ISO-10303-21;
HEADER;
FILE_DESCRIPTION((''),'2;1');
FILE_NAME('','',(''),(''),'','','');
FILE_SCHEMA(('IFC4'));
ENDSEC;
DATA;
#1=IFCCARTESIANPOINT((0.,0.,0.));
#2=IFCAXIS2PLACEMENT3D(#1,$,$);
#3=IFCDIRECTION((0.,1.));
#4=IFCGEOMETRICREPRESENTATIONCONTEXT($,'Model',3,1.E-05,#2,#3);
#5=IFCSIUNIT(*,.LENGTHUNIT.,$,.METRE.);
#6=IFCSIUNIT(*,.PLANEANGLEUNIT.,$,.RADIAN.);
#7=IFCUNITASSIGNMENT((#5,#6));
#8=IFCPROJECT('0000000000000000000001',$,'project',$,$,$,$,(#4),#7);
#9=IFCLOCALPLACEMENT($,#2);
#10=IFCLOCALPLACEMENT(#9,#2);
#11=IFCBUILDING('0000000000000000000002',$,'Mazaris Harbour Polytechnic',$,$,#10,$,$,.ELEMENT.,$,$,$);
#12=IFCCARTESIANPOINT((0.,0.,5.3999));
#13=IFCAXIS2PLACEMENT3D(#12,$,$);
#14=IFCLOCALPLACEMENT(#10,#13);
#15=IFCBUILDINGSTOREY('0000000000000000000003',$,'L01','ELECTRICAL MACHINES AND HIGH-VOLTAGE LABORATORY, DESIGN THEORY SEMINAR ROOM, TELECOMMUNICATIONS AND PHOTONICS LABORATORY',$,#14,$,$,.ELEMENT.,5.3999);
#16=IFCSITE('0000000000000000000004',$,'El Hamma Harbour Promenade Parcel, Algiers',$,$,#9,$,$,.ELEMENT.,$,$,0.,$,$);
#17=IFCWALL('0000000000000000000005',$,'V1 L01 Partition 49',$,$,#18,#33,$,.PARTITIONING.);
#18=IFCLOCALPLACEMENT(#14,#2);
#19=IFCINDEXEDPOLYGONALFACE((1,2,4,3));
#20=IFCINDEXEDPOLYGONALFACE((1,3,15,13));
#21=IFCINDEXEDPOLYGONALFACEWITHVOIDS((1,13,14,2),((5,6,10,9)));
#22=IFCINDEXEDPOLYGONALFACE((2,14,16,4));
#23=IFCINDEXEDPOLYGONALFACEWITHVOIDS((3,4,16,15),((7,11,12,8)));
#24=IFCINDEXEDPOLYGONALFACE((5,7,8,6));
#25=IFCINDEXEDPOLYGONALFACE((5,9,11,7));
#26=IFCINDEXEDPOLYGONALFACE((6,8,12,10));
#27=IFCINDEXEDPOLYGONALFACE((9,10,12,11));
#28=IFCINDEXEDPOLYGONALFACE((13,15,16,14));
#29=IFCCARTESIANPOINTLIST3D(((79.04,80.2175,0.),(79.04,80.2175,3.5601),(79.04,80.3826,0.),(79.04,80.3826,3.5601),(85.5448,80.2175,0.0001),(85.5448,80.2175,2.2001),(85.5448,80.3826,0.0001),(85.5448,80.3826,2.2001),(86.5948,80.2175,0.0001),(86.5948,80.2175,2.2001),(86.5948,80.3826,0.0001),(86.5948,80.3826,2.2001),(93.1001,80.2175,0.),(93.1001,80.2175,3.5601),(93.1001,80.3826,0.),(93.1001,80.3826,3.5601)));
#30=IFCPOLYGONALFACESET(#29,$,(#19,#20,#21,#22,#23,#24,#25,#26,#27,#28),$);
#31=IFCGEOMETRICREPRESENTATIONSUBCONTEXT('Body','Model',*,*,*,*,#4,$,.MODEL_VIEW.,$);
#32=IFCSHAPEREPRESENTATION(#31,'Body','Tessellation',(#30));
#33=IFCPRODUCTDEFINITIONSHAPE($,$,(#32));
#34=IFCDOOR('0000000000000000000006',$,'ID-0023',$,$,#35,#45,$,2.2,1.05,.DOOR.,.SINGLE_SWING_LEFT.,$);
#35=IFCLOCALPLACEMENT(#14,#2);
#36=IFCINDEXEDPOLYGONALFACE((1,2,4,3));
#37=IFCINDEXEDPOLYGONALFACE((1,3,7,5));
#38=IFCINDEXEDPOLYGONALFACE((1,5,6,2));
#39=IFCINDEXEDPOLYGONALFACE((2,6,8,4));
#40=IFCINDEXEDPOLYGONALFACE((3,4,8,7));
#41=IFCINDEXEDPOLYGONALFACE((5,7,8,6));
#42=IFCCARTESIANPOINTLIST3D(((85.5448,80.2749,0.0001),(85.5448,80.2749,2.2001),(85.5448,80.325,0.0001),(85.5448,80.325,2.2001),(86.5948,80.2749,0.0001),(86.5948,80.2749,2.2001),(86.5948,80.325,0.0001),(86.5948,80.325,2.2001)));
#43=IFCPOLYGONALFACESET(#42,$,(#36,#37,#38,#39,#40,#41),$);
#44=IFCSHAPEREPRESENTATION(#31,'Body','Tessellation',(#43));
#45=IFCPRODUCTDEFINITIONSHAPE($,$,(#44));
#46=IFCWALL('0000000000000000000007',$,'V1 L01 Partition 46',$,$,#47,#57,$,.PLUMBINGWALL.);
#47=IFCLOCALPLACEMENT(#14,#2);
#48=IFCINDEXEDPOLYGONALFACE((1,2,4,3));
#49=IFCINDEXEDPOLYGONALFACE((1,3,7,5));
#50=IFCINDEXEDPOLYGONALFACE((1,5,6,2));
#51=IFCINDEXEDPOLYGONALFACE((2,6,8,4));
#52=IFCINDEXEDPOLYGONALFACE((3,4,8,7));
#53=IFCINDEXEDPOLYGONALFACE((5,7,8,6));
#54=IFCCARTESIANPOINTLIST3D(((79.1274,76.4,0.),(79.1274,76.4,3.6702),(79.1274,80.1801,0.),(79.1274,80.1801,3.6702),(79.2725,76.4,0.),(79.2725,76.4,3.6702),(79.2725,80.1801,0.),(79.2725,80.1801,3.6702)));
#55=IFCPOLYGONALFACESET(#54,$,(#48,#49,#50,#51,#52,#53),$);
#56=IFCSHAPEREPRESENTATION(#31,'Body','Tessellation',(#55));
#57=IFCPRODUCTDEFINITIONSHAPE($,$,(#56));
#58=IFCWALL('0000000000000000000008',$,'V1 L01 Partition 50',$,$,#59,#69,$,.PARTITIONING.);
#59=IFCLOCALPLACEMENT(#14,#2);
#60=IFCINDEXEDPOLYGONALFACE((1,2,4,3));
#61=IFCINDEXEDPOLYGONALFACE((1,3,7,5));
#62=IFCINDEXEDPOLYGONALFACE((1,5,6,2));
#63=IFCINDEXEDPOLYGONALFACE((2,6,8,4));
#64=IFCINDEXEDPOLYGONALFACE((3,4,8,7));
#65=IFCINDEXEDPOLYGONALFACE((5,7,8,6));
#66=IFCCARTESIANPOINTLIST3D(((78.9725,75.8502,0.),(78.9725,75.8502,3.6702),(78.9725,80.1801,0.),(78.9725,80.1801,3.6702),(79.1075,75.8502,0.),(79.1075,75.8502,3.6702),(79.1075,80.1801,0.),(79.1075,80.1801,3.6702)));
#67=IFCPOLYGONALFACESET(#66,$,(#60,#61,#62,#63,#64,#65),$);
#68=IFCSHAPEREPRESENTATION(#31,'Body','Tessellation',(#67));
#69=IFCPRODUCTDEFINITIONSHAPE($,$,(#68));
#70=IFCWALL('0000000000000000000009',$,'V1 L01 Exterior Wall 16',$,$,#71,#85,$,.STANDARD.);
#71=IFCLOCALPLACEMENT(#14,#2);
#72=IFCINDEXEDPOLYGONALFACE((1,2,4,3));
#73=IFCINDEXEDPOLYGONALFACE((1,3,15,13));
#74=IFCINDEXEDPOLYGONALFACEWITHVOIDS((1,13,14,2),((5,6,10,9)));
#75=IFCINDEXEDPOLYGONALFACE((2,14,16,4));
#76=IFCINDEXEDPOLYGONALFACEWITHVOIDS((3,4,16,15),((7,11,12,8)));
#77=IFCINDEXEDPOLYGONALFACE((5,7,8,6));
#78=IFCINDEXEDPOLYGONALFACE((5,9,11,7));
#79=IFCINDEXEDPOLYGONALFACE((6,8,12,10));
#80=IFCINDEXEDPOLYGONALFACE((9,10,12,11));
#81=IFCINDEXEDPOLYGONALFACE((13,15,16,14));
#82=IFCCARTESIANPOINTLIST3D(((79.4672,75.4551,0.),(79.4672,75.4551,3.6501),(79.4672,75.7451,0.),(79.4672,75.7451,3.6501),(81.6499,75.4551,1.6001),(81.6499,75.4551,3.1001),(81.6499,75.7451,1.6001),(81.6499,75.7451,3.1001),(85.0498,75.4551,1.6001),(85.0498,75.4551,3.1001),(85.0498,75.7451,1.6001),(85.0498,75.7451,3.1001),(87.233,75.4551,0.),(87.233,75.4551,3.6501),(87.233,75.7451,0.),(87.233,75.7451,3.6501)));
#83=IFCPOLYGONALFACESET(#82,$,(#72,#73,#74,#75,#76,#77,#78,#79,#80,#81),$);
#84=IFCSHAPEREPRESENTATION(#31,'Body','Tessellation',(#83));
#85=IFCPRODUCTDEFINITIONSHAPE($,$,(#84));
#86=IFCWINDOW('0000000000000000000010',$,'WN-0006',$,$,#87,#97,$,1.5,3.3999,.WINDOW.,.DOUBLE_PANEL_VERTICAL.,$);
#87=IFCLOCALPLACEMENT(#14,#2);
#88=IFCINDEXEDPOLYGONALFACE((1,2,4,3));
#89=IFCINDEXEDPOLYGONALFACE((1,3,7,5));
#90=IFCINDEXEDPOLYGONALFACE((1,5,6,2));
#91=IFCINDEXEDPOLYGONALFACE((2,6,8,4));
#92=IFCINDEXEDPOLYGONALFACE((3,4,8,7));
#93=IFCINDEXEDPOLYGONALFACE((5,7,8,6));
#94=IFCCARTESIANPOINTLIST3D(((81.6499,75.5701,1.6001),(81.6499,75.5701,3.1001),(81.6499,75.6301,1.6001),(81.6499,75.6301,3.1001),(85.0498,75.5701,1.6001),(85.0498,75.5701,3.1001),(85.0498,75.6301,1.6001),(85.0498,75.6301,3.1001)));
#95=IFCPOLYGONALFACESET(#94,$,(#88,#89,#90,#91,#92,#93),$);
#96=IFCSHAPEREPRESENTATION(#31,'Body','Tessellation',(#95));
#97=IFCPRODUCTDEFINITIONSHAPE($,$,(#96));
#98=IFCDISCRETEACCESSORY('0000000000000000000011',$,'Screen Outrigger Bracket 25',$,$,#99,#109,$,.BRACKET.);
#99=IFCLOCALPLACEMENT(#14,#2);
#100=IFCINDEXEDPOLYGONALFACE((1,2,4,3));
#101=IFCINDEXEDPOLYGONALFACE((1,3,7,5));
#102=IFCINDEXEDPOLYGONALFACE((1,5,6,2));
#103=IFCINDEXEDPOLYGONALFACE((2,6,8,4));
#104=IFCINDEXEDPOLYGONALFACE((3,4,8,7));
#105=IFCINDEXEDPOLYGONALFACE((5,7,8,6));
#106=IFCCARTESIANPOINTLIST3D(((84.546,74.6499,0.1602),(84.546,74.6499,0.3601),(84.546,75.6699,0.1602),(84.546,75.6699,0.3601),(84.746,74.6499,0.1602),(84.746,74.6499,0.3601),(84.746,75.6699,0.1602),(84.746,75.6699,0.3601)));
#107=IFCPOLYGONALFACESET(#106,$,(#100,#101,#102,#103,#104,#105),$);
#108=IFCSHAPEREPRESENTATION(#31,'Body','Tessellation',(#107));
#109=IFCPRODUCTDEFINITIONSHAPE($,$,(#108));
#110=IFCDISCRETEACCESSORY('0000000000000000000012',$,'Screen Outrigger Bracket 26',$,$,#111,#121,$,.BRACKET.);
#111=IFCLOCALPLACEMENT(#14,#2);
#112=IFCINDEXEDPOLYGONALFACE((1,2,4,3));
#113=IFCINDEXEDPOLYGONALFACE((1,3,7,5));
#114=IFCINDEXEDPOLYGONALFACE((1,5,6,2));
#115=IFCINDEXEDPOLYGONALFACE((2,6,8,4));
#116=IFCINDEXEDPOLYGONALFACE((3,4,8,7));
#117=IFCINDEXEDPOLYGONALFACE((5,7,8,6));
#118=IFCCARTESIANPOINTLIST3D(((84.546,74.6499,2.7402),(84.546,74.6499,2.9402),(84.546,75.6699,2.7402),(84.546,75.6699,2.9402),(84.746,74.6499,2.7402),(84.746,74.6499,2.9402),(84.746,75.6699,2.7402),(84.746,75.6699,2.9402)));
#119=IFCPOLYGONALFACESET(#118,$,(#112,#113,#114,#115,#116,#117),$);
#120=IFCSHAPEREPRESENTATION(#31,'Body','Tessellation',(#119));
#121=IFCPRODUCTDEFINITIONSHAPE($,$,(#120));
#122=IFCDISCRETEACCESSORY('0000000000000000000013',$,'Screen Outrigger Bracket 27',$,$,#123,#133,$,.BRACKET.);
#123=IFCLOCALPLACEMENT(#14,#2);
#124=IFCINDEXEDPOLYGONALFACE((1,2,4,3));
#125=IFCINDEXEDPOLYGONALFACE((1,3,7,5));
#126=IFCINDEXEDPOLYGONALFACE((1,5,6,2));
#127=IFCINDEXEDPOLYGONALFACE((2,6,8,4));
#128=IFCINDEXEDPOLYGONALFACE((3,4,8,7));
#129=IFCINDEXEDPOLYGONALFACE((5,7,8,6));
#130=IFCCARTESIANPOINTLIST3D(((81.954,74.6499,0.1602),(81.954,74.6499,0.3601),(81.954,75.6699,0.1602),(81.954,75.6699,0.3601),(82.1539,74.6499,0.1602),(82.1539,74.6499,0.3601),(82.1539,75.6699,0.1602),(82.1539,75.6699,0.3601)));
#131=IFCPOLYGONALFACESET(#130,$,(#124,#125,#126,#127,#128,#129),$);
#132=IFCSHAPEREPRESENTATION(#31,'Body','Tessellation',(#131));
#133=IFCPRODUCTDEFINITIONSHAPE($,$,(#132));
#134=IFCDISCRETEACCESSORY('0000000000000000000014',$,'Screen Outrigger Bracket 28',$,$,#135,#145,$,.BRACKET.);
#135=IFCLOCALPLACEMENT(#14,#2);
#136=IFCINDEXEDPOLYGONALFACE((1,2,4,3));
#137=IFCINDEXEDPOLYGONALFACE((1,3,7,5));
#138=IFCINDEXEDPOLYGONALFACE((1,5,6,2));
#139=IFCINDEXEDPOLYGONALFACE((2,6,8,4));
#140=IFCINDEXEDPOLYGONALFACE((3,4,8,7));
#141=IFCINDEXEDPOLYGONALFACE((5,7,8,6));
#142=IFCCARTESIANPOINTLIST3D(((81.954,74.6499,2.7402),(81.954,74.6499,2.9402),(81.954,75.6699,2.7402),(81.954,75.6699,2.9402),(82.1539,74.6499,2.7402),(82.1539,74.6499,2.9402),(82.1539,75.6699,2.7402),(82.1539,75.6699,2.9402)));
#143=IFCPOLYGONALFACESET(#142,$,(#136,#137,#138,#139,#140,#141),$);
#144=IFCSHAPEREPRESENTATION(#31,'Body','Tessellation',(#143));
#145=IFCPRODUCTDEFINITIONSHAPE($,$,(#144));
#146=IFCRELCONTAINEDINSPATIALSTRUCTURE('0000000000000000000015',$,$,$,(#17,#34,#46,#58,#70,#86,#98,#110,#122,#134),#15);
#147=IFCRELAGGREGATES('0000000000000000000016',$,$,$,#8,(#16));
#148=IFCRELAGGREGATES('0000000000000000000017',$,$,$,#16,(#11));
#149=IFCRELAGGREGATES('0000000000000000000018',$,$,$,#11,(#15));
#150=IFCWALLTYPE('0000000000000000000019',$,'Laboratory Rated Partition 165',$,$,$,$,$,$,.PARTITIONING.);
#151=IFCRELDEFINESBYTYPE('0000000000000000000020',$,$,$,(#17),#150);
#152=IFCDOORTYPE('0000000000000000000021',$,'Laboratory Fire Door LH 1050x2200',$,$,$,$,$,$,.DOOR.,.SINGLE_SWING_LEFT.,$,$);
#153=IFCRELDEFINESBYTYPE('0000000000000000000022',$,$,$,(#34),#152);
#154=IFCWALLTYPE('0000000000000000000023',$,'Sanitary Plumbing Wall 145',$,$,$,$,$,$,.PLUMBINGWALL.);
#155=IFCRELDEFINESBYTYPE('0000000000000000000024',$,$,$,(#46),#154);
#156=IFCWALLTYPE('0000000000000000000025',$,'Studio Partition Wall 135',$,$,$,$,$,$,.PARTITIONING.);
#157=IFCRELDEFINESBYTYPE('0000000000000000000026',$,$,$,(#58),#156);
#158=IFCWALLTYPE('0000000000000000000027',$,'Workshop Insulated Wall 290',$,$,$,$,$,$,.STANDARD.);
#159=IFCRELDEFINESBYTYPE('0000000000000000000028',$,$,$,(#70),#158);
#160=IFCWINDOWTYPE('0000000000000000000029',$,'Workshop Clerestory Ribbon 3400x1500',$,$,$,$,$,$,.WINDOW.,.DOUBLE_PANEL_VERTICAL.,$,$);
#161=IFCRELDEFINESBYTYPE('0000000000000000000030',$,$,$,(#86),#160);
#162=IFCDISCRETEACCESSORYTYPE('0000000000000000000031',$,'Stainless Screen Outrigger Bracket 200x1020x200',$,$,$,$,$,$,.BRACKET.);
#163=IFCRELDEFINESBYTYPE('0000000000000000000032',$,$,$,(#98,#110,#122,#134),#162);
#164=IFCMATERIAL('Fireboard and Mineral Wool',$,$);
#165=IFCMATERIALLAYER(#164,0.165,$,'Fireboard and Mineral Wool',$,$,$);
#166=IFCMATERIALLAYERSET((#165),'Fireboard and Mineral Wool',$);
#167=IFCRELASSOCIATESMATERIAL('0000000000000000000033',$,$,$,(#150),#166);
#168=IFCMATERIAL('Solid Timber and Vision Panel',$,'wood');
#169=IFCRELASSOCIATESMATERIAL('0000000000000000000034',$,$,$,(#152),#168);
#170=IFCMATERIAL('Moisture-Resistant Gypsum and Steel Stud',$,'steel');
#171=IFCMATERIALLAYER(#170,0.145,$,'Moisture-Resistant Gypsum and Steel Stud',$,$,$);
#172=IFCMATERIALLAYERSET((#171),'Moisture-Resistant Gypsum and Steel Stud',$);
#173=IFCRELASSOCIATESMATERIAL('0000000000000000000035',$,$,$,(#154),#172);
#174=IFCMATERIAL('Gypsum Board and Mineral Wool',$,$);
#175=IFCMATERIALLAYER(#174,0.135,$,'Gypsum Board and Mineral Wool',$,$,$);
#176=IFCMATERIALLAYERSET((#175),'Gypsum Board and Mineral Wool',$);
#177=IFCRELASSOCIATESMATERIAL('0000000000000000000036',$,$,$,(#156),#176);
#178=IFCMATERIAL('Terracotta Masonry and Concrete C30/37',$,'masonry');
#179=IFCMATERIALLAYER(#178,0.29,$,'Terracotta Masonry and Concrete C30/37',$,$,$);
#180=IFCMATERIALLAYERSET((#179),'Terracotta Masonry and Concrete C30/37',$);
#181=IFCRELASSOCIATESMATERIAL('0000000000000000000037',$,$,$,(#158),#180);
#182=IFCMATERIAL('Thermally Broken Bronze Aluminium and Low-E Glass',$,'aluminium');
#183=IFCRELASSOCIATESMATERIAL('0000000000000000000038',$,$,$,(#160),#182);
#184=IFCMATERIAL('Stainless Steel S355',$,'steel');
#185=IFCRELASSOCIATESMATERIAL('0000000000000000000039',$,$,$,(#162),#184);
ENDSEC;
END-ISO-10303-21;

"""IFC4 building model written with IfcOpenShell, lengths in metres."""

from ifc_helpers import new_model, si_unit, direction, frame, frame_2d, origin, origin_2d, place, context, subcontext, project, spatial, rectangle, extrude, material, layer, layer_set, type_object, element, fill, save


model = new_model("IFC4")

# Units and contexts
model_context = context("Model", 3, precision=1e-05, world=origin(), true_north=direction((0.0, 1.0)))
body_context = subcontext(model_context, "Body", "Model", "MODEL_VIEW")
ifc_project = project(units=[si_unit("LENGTHUNIT", "METRE"), si_unit("PLANEANGLEUNIT", "RADIAN")], contexts=[model_context])

# Site, building, storey
site_placement = place(None, origin())
site = spatial("IfcSite", under=ifc_project, at=site_placement, Name="El Hamma Harbour Promenade Parcel, Algiers", CompositionType="ELEMENT", RefElevation=0.0)
building_placement = place(site_placement, origin())
building = spatial("IfcBuilding", under=site, at=building_placement, Name="Mazaris Harbour Polytechnic", CompositionType="ELEMENT")
storey_placement = place(building_placement, frame((0.0, 0.0, 5.3999)))
storey = spatial("IfcBuildingStorey", under=building, at=storey_placement, Name="L01", Description="ELECTRICAL MACHINES AND HIGH-VOLTAGE LABORATORY, DESIGN THEORY SEMINAR ROOM, TELECOMMUNICATIONS AND PHOTONICS LABORATORY", CompositionType="ELEMENT", Elevation=5.3999)

# Wall, opening, door
ifc_material_1 = material(Name="Fireboard and Mineral Wool")
ifc_layer_1 = layer(ifc_material_1, 0.165, Name="Fireboard and Mineral Wool")
ifc_layer_set_1 = layer_set([ifc_layer_1], Name="Fireboard and Mineral Wool")
wall_type_1 = type_object("IfcWallType", Name="Laboratory Rated Partition 165", PredefinedType="PARTITIONING", material=ifc_layer_set_1)
wall_1_placement = place(storey_placement, frame((79.04, 80.3, 0.0), z_axis=(0.0, 0.0, 1.0), x_axis=(1.0, 0.0, 0.0)))
wall_1 = element("IfcWall", 1, at=wall_1_placement, inside=storey, type_object=wall_type_1, Name="V1 L01 Partition 49", PredefinedType="PARTITIONING", context=body_context, shape_type="SweptSolid", body=[
    extrude(rectangle(XDim=14.0601, YDim=0.165, at=frame_2d((7.03, 0.0))), origin(), (0.0, 0.0, 1.0), 3.5601),
])
opening_1_placement = place(wall_1_placement, frame((6.5049, 0.0, 0.0)))
opening_1 = element("IfcOpeningElement", 2, at=opening_1_placement, cuts=wall_1, PredefinedType="OPENING", context=body_context, shape_type="SweptSolid", body=[
    extrude(rectangle(XDim=1.05, YDim=2.2, at=frame_2d((0.5249, 1.1001))), frame((0.0, 0.0925, 0.0), z_axis=(0.0, -1.0, 0.0), x_axis=(1.0, 0.0, 0.0)), (0.0, 0.0, 1.0), 0.1851),
])
ifc_material_2 = material(Name="Solid Timber and Vision Panel", Category="wood")
door_type = type_object("IfcDoorType", Name="Laboratory Fire Door LH 1050x2200", OperationType="SINGLE_SWING_LEFT", PredefinedType="DOOR", material=ifc_material_2)
door_placement = place(opening_1_placement, origin())
door = element("IfcDoor", 3, at=door_placement, inside=storey, type_object=door_type, Name="ID-0023", OperationType="SINGLE_SWING_LEFT", OverallHeight=2.2, OverallWidth=1.05, PredefinedType="DOOR", context=body_context, shape_type="SweptSolid", body=[
    extrude(rectangle(XDim=1.05, YDim=2.2, at=frame_2d((0.5249, 1.1001))), frame((0.0, 0.0249, 0.0), z_axis=(0.0, -1.0, 0.0), x_axis=(1.0, 0.0, 0.0)), (0.0, 0.0, 1.0), 0.05),
])
fill(opening_1, door)

# Walls
ifc_material_3 = material(Name="Moisture-Resistant Gypsum and Steel Stud", Category="steel")
ifc_layer_2 = layer(ifc_material_3, 0.145, Name="Moisture-Resistant Gypsum and Steel Stud")
ifc_layer_set_2 = layer_set([ifc_layer_2], Name="Moisture-Resistant Gypsum and Steel Stud")
wall_type_2 = type_object("IfcWallType", Name="Sanitary Plumbing Wall 145", PredefinedType="PLUMBINGWALL", material=ifc_layer_set_2)
wall_2_placement = place(storey_placement, frame((79.2, 76.3999, 0.0), z_axis=(0.0, 0.0, 1.0), x_axis=(0.0, 1.0, 0.0)))
element("IfcWall", 4, at=wall_2_placement, inside=storey, type_object=wall_type_2, Name="V1 L01 Partition 46", PredefinedType="PLUMBINGWALL", context=body_context, shape_type="SweptSolid", body=[
    extrude(rectangle(XDim=3.78, YDim=0.145, at=frame_2d((1.8901, 0.0))), origin(), (0.0, 0.0, 1.0), 3.6702),
])
ifc_material_4 = material(Name="Gypsum Board and Mineral Wool")
ifc_layer_3 = layer(ifc_material_4, 0.135, Name="Gypsum Board and Mineral Wool")
ifc_layer_set_3 = layer_set([ifc_layer_3], Name="Gypsum Board and Mineral Wool")
wall_type_3 = type_object("IfcWallType", Name="Studio Partition Wall 135", PredefinedType="PARTITIONING", material=ifc_layer_set_3)
wall_3_placement = place(storey_placement, frame((79.04, 75.8501, 0.0), z_axis=(0.0, 0.0, 1.0), x_axis=(0.0, 1.0, 0.0)))
element("IfcWall", 5, at=wall_3_placement, inside=storey, type_object=wall_type_3, Name="V1 L01 Partition 50", PredefinedType="PARTITIONING", context=body_context, shape_type="SweptSolid", body=[
    extrude(rectangle(XDim=4.3298, YDim=0.135, at=frame_2d((2.165, 0.0))), origin(), (0.0, 0.0, 1.0), 3.6702),
])

# Wall, opening, window
ifc_material_5 = material(Name="Terracotta Masonry and Concrete C30/37", Category="masonry")
ifc_layer_4 = layer(ifc_material_5, 0.29, Name="Terracotta Masonry and Concrete C30/37")
ifc_layer_set_4 = layer_set([ifc_layer_4], Name="Terracotta Masonry and Concrete C30/37")
wall_type_4 = type_object("IfcWallType", Name="Workshop Insulated Wall 290", PredefinedType="STANDARD", material=ifc_layer_set_4)
wall_4_placement = place(storey_placement, frame((87.2329, 75.6001, 0.0), z_axis=(0.0, 0.0, 1.0), x_axis=(-1.0, 0.0, 0.0)))
wall_4 = element("IfcWall", 6, at=wall_4_placement, inside=storey, type_object=wall_type_4, Name="V1 L01 Exterior Wall 16", PredefinedType="STANDARD", context=body_context, shape_type="SweptSolid", body=[
    extrude(rectangle(XDim=7.7659, YDim=0.29, at=frame_2d((3.8828, 0.0))), origin(), (0.0, 0.0, 1.0), 3.6501),
])
opening_2_placement = place(wall_4_placement, frame((2.1831, 0.0, 1.6001)))
opening_2 = element("IfcOpeningElement", 7, at=opening_2_placement, cuts=wall_4, PredefinedType="OPENING", context=body_context, shape_type="SweptSolid", body=[
    extrude(rectangle(XDim=3.3999, YDim=1.5, at=frame_2d((1.7, 0.75))), frame((0.0, 0.155, 0.0), z_axis=(0.0, -1.0, 0.0), x_axis=(1.0, 0.0, 0.0)), (0.0, 0.0, 1.0), 0.3101),
])
ifc_material_6 = material(Name="Thermally Broken Bronze Aluminium and Low-E Glass", Category="aluminium")
window_type = type_object("IfcWindowType", Name="Workshop Clerestory Ribbon 3400x1500", PartitioningType="DOUBLE_PANEL_VERTICAL", PredefinedType="WINDOW", material=ifc_material_6)
window_placement = place(opening_2_placement, origin())
window = element("IfcWindow", 8, at=window_placement, inside=storey, type_object=window_type, Name="WN-0006", OverallHeight=1.5, OverallWidth=3.3999, PartitioningType="DOUBLE_PANEL_VERTICAL", PredefinedType="WINDOW", context=body_context, shape_type="SweptSolid", body=[
    extrude(rectangle(XDim=3.3999, YDim=1.5, at=frame_2d((1.7, 0.75))), frame((0.0, 0.03, 0.0), z_axis=(0.0, -1.0, 0.0), x_axis=(1.0, 0.0, 0.0)), (0.0, 0.0, 1.0), 0.0601),
])
fill(opening_2, window)

# Discrete accessories
ifc_material_7 = material(Name="Stainless Steel S355", Category="steel")
discrete_accessory_type = type_object("IfcDiscreteAccessoryType", Name="Stainless Screen Outrigger Bracket 200x1020x200", PredefinedType="BRACKET", material=ifc_material_7)
for number, where, z_axis, x_axis, name in (
    (9, (84.646, 75.1599, 0.1602), (0.0, 0.0, 1.0), (-1.0, 0.0, 0.0), "Screen Outrigger Bracket 25"),
    (10, (84.646, 75.1599, 2.7402), (0.0, 0.0, 1.0), (-1.0, 0.0, 0.0), "Screen Outrigger Bracket 26"),
    (11, (82.054, 75.1599, 0.1602), (0.0, 0.0, 1.0), (-1.0, 0.0, 0.0), "Screen Outrigger Bracket 27"),
    (12, (82.054, 75.1599, 2.7402), (0.0, 0.0, 1.0), (-1.0, 0.0, 0.0), "Screen Outrigger Bracket 28"),
):
    element("IfcDiscreteAccessory", number, at=place(storey_placement, frame(where, z_axis=z_axis, x_axis=x_axis)), inside=storey, type_object=discrete_accessory_type, Name=name, PredefinedType="BRACKET", context=body_context, shape_type="SweptSolid", body=[
        extrude(rectangle(XDim=0.2, YDim=1.02, at=origin_2d()), origin(), (0.0, 0.0, 1.0), 0.2),
    ])

save(model, "model.ifc")
